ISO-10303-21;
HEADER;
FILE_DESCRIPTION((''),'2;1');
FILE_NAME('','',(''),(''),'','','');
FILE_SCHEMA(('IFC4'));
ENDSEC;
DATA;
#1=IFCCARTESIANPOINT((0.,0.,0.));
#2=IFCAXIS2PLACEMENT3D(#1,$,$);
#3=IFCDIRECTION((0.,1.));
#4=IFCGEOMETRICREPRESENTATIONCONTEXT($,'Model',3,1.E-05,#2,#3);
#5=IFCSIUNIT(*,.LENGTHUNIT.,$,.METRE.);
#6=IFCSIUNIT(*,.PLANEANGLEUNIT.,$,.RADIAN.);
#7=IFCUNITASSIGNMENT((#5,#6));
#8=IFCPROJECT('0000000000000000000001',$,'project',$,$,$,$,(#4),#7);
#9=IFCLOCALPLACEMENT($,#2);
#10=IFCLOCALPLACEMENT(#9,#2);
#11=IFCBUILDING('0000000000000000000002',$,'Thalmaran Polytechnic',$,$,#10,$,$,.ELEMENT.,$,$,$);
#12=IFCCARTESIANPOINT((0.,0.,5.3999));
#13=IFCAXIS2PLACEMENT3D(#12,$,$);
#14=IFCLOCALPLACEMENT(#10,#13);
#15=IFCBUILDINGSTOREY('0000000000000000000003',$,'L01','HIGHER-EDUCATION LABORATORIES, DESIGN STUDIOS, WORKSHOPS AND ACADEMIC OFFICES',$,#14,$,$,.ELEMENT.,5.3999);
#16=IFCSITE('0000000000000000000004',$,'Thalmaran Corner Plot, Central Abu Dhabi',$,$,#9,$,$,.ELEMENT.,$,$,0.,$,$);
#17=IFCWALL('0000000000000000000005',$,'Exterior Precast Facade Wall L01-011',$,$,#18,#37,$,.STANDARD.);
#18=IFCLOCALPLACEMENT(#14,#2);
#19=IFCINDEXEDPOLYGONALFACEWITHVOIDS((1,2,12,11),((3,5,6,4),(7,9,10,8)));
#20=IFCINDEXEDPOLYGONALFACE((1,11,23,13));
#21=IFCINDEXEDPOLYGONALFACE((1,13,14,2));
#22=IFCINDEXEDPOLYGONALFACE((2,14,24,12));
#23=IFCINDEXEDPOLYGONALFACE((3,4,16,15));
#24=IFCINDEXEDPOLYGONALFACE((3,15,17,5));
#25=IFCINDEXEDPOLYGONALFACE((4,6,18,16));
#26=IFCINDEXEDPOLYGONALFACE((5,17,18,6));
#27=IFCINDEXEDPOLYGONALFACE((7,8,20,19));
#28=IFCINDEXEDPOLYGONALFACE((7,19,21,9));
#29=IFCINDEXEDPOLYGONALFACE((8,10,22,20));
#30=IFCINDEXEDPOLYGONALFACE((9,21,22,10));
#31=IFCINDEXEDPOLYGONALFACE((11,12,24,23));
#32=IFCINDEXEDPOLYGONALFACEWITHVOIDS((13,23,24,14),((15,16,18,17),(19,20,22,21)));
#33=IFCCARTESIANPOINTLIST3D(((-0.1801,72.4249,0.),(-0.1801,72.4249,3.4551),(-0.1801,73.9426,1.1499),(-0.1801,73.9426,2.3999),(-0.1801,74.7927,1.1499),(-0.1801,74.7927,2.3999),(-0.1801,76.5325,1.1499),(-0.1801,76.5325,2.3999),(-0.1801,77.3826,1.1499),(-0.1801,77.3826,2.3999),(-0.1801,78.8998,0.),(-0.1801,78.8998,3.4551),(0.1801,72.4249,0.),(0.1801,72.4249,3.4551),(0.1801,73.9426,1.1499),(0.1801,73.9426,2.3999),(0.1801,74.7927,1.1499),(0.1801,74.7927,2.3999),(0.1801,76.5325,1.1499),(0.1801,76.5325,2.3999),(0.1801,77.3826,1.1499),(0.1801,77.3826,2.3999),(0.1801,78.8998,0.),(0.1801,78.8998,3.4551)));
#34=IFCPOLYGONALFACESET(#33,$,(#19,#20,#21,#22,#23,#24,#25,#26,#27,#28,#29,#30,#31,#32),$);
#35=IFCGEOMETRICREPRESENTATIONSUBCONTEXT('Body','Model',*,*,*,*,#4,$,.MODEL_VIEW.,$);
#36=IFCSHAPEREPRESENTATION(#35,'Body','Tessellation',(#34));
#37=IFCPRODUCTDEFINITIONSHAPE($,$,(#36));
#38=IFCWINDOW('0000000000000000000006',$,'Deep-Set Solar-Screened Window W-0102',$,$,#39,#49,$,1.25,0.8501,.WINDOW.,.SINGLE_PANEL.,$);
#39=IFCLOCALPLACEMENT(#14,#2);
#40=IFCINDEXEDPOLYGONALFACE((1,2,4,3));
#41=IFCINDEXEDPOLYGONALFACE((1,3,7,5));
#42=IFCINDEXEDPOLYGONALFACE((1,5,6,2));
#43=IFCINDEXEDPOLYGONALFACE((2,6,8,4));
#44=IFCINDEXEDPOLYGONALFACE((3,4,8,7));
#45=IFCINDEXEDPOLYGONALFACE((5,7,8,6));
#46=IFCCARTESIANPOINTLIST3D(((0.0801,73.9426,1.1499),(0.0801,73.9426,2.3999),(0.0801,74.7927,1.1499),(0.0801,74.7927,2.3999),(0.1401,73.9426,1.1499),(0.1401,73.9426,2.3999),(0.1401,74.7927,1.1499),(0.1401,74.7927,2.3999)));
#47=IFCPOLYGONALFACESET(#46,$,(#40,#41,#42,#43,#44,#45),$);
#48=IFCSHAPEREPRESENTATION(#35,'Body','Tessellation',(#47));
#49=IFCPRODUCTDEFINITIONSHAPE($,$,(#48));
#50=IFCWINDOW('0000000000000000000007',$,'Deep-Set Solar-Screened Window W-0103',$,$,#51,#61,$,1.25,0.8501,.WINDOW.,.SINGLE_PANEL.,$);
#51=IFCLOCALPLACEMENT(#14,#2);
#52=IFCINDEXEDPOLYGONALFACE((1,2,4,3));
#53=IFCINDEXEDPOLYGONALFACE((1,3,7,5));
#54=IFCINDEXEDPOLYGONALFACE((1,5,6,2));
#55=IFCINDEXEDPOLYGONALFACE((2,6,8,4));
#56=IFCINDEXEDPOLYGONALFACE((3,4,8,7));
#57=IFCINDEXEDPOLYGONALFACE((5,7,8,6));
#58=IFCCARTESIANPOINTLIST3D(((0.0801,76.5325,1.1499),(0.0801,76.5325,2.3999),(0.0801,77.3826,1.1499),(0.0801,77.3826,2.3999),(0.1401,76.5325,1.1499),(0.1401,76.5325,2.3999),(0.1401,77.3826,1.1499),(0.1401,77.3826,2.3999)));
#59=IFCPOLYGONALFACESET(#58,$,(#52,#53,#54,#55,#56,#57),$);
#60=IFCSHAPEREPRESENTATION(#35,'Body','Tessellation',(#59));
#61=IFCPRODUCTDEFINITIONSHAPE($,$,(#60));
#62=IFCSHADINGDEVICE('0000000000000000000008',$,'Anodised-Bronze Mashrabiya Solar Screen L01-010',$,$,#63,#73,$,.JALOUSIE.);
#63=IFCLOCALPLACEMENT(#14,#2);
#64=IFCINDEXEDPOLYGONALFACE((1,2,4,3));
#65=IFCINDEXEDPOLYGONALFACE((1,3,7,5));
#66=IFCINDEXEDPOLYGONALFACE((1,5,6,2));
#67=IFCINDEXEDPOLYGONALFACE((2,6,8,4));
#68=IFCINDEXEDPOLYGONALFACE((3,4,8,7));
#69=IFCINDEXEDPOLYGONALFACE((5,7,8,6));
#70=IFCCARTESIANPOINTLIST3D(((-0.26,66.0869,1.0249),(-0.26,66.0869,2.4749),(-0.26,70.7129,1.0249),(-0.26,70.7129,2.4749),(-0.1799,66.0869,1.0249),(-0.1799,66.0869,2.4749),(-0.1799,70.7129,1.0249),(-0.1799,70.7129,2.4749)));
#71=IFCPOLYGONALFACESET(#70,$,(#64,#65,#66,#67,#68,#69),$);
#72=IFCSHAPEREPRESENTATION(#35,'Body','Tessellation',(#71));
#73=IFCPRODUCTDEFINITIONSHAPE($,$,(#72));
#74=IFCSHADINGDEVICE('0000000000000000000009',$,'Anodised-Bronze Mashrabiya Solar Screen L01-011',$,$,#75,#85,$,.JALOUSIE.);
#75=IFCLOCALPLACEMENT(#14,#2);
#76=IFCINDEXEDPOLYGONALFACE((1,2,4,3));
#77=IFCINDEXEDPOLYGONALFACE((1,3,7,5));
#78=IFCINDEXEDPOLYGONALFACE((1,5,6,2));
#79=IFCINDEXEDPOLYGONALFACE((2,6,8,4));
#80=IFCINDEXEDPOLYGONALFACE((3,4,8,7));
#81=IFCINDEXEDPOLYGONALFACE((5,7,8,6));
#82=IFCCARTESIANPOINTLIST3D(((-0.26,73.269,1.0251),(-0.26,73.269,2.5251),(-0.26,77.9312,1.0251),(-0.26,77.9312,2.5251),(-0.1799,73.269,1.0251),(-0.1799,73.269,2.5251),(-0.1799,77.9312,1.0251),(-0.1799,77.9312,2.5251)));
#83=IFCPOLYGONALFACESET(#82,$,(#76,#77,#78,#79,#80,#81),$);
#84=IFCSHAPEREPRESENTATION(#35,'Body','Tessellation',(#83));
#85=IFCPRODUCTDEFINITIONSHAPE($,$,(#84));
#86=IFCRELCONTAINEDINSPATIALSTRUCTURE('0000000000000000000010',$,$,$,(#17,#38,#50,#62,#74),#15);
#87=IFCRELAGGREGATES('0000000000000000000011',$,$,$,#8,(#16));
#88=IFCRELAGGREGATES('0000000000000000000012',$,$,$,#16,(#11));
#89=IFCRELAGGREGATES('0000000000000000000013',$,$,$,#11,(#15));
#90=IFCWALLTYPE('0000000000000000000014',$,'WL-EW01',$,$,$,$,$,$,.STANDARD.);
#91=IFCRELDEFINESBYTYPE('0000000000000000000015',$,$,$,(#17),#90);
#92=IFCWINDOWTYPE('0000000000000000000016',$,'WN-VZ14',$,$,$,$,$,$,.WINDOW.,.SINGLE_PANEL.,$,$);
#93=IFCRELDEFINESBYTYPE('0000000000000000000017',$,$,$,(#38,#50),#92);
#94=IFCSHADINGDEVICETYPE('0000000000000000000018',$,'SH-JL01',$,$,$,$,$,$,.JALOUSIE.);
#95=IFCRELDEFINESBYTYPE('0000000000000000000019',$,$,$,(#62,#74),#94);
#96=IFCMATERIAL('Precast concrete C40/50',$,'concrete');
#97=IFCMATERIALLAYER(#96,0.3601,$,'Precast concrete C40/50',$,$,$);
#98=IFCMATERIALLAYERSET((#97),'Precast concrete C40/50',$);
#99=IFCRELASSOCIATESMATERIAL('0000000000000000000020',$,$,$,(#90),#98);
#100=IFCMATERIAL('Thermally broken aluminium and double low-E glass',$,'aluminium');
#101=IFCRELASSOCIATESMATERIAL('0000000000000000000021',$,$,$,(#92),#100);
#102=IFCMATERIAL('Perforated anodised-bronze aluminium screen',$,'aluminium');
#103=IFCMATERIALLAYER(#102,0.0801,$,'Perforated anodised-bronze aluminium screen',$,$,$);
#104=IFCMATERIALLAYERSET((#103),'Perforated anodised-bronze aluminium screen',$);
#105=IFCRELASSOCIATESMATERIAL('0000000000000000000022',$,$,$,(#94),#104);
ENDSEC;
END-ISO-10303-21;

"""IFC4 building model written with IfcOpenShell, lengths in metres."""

from ifc_helpers import new_model, si_unit, direction, frame, frame_2d, origin, origin_2d, place, context, subcontext, project, spatial, rectangle, extrude, material, layer, layer_set, type_object, element, fill, save


model = new_model("IFC4")

# Units and contexts
model_context = context("Model", 3, precision=1e-05, world=origin(), true_north=direction((0.0, 1.0)))
body_context = subcontext(model_context, "Body", "Model", "MODEL_VIEW")
ifc_project = project(units=[si_unit("LENGTHUNIT", "METRE"), si_unit("PLANEANGLEUNIT", "RADIAN")], contexts=[model_context])

# Site, building, storey
site_placement = place(None, origin())
site = spatial("IfcSite", under=ifc_project, at=site_placement, Name="Thalmaran Corner Plot, Central Abu Dhabi", CompositionType="ELEMENT", RefElevation=0.0)
building_placement = place(site_placement, origin())
building = spatial("IfcBuilding", under=site, at=building_placement, Name="Thalmaran Polytechnic", CompositionType="ELEMENT")
storey_placement = place(building_placement, frame((0.0, 0.0, 5.3999)))
storey = spatial("IfcBuildingStorey", under=building, at=storey_placement, Name="L01", Description="HIGHER-EDUCATION LABORATORIES, DESIGN STUDIOS, WORKSHOPS AND ACADEMIC OFFICES", CompositionType="ELEMENT", Elevation=5.3999)

# Wall, openings, windows
ifc_material_1 = material(Name="Precast concrete C40/50", Category="concrete")
ifc_layer_1 = layer(ifc_material_1, 0.3601, Name="Precast concrete C40/50")
ifc_layer_set_1 = layer_set([ifc_layer_1], Name="Precast concrete C40/50")
wall_type = type_object("IfcWallType", Name="WL-EW01", PredefinedType="STANDARD", material=ifc_layer_set_1)
wall_placement = place(storey_placement, frame((0.0, 72.425, 0.0), z_axis=(0.0, 0.0, 1.0), x_axis=(0.0, 1.0, 0.0)))
wall = element("IfcWall", 1, at=wall_placement, inside=storey, type_object=wall_type, Name="Exterior Precast Facade Wall L01-011", PredefinedType="STANDARD", context=body_context, shape_type="SweptSolid", body=[
    extrude(rectangle(XDim=6.4749, YDim=0.3601, at=frame_2d((3.2373, 0.0))), origin(), (0.0, 0.0, 1.0), 3.4551),
])
opening_1_placement = place(wall_placement, frame((1.5176, 0.0, 1.1499)))
opening_1 = element("IfcOpeningElement", 2, at=opening_1_placement, cuts=wall, PredefinedType="OPENING", context=body_context, shape_type="SweptSolid", body=[
    extrude(rectangle(XDim=0.8501, YDim=1.25, at=frame_2d((0.425, 0.625))), frame((0.0, 0.1899, 0.0), z_axis=(0.0, -1.0, 0.0), x_axis=(1.0, 0.0, 0.0)), (0.0, 0.0, 1.0), 0.3801),
])
opening_2_placement = place(wall_placement, frame((4.1074, 0.0, 1.1499)))
opening_2 = element("IfcOpeningElement", 3, at=opening_2_placement, cuts=wall, PredefinedType="OPENING", context=body_context, shape_type="SweptSolid", body=[
    extrude(rectangle(XDim=0.8501, YDim=1.25, at=frame_2d((0.425, 0.625))), frame((0.0, 0.1899, 0.0), z_axis=(0.0, -1.0, 0.0), x_axis=(1.0, 0.0, 0.0)), (0.0, 0.0, 1.0), 0.3801),
])
ifc_material_2 = material(Name="Thermally broken aluminium and double low-E glass", Category="aluminium")
window_type = type_object("IfcWindowType", Name="WN-VZ14", PartitioningType="SINGLE_PANEL", PredefinedType="WINDOW", material=ifc_material_2)
window_1_placement = place(opening_1_placement, origin())
window_1 = element("IfcWindow", 4, at=window_1_placement, inside=storey, type_object=window_type, Name="Deep-Set Solar-Screened Window W-0102", OverallHeight=1.25, OverallWidth=0.8501, PartitioningType="SINGLE_PANEL", PredefinedType="WINDOW", context=body_context, shape_type="SweptSolid", body=[
    extrude(rectangle(XDim=0.8501, YDim=1.25, at=frame_2d((0.425, 0.625))), frame((0.0, -0.0801, 0.0), z_axis=(0.0, -1.0, 0.0), x_axis=(1.0, 0.0, 0.0)), (0.0, 0.0, 1.0), 0.0601),
])
fill(opening_1, window_1)
window_2_placement = place(opening_2_placement, origin())
window_2 = element("IfcWindow", 5, at=window_2_placement, inside=storey, type_object=window_type, Name="Deep-Set Solar-Screened Window W-0103", OverallHeight=1.25, OverallWidth=0.8501, PartitioningType="SINGLE_PANEL", PredefinedType="WINDOW", context=body_context, shape_type="SweptSolid", body=[
    extrude(rectangle(XDim=0.8501, YDim=1.25, at=frame_2d((0.425, 0.625))), frame((0.0, -0.0801, 0.0), z_axis=(0.0, -1.0, 0.0), x_axis=(1.0, 0.0, 0.0)), (0.0, 0.0, 1.0), 0.0601),
])
fill(opening_2, window_2)

# Shading devices
ifc_material_3 = material(Name="Perforated anodised-bronze aluminium screen", Category="aluminium")
ifc_layer_2 = layer(ifc_material_3, 0.0801, Name="Perforated anodised-bronze aluminium screen")
ifc_layer_set_2 = layer_set([ifc_layer_2], Name="Perforated anodised-bronze aluminium screen")
shading_device_type = type_object("IfcShadingDeviceType", Name="SH-JL01", PredefinedType="JALOUSIE", material=ifc_layer_set_2)
shading_device_1_placement = place(storey_placement, frame((-0.22, 68.3999, 1.0249), z_axis=(0.0, 0.0, 1.0), x_axis=(0.0, 1.0, 0.0)))
element("IfcShadingDevice", 6, at=shading_device_1_placement, inside=storey, type_object=shading_device_type, Name="Anodised-Bronze Mashrabiya Solar Screen L01-010", PredefinedType="JALOUSIE", context=body_context, shape_type="SweptSolid", body=[
    extrude(rectangle(XDim=4.626, YDim=0.0801, at=origin_2d()), origin(), (0.0, 0.0, 1.0), 1.45),
])
shading_device_2_placement = place(storey_placement, frame((-0.22, 75.6001, 1.0251), z_axis=(0.0, 0.0, 1.0), x_axis=(0.0, 1.0, 0.0)))
element("IfcShadingDevice", 7, at=shading_device_2_placement, inside=storey, type_object=shading_device_type, Name="Anodised-Bronze Mashrabiya Solar Screen L01-011", PredefinedType="JALOUSIE", context=body_context, shape_type="SweptSolid", body=[
    extrude(rectangle(XDim=4.6621, YDim=0.0801, at=origin_2d()), origin(), (0.0, 0.0, 1.0), 1.5),
])

save(model, "model.ifc")
